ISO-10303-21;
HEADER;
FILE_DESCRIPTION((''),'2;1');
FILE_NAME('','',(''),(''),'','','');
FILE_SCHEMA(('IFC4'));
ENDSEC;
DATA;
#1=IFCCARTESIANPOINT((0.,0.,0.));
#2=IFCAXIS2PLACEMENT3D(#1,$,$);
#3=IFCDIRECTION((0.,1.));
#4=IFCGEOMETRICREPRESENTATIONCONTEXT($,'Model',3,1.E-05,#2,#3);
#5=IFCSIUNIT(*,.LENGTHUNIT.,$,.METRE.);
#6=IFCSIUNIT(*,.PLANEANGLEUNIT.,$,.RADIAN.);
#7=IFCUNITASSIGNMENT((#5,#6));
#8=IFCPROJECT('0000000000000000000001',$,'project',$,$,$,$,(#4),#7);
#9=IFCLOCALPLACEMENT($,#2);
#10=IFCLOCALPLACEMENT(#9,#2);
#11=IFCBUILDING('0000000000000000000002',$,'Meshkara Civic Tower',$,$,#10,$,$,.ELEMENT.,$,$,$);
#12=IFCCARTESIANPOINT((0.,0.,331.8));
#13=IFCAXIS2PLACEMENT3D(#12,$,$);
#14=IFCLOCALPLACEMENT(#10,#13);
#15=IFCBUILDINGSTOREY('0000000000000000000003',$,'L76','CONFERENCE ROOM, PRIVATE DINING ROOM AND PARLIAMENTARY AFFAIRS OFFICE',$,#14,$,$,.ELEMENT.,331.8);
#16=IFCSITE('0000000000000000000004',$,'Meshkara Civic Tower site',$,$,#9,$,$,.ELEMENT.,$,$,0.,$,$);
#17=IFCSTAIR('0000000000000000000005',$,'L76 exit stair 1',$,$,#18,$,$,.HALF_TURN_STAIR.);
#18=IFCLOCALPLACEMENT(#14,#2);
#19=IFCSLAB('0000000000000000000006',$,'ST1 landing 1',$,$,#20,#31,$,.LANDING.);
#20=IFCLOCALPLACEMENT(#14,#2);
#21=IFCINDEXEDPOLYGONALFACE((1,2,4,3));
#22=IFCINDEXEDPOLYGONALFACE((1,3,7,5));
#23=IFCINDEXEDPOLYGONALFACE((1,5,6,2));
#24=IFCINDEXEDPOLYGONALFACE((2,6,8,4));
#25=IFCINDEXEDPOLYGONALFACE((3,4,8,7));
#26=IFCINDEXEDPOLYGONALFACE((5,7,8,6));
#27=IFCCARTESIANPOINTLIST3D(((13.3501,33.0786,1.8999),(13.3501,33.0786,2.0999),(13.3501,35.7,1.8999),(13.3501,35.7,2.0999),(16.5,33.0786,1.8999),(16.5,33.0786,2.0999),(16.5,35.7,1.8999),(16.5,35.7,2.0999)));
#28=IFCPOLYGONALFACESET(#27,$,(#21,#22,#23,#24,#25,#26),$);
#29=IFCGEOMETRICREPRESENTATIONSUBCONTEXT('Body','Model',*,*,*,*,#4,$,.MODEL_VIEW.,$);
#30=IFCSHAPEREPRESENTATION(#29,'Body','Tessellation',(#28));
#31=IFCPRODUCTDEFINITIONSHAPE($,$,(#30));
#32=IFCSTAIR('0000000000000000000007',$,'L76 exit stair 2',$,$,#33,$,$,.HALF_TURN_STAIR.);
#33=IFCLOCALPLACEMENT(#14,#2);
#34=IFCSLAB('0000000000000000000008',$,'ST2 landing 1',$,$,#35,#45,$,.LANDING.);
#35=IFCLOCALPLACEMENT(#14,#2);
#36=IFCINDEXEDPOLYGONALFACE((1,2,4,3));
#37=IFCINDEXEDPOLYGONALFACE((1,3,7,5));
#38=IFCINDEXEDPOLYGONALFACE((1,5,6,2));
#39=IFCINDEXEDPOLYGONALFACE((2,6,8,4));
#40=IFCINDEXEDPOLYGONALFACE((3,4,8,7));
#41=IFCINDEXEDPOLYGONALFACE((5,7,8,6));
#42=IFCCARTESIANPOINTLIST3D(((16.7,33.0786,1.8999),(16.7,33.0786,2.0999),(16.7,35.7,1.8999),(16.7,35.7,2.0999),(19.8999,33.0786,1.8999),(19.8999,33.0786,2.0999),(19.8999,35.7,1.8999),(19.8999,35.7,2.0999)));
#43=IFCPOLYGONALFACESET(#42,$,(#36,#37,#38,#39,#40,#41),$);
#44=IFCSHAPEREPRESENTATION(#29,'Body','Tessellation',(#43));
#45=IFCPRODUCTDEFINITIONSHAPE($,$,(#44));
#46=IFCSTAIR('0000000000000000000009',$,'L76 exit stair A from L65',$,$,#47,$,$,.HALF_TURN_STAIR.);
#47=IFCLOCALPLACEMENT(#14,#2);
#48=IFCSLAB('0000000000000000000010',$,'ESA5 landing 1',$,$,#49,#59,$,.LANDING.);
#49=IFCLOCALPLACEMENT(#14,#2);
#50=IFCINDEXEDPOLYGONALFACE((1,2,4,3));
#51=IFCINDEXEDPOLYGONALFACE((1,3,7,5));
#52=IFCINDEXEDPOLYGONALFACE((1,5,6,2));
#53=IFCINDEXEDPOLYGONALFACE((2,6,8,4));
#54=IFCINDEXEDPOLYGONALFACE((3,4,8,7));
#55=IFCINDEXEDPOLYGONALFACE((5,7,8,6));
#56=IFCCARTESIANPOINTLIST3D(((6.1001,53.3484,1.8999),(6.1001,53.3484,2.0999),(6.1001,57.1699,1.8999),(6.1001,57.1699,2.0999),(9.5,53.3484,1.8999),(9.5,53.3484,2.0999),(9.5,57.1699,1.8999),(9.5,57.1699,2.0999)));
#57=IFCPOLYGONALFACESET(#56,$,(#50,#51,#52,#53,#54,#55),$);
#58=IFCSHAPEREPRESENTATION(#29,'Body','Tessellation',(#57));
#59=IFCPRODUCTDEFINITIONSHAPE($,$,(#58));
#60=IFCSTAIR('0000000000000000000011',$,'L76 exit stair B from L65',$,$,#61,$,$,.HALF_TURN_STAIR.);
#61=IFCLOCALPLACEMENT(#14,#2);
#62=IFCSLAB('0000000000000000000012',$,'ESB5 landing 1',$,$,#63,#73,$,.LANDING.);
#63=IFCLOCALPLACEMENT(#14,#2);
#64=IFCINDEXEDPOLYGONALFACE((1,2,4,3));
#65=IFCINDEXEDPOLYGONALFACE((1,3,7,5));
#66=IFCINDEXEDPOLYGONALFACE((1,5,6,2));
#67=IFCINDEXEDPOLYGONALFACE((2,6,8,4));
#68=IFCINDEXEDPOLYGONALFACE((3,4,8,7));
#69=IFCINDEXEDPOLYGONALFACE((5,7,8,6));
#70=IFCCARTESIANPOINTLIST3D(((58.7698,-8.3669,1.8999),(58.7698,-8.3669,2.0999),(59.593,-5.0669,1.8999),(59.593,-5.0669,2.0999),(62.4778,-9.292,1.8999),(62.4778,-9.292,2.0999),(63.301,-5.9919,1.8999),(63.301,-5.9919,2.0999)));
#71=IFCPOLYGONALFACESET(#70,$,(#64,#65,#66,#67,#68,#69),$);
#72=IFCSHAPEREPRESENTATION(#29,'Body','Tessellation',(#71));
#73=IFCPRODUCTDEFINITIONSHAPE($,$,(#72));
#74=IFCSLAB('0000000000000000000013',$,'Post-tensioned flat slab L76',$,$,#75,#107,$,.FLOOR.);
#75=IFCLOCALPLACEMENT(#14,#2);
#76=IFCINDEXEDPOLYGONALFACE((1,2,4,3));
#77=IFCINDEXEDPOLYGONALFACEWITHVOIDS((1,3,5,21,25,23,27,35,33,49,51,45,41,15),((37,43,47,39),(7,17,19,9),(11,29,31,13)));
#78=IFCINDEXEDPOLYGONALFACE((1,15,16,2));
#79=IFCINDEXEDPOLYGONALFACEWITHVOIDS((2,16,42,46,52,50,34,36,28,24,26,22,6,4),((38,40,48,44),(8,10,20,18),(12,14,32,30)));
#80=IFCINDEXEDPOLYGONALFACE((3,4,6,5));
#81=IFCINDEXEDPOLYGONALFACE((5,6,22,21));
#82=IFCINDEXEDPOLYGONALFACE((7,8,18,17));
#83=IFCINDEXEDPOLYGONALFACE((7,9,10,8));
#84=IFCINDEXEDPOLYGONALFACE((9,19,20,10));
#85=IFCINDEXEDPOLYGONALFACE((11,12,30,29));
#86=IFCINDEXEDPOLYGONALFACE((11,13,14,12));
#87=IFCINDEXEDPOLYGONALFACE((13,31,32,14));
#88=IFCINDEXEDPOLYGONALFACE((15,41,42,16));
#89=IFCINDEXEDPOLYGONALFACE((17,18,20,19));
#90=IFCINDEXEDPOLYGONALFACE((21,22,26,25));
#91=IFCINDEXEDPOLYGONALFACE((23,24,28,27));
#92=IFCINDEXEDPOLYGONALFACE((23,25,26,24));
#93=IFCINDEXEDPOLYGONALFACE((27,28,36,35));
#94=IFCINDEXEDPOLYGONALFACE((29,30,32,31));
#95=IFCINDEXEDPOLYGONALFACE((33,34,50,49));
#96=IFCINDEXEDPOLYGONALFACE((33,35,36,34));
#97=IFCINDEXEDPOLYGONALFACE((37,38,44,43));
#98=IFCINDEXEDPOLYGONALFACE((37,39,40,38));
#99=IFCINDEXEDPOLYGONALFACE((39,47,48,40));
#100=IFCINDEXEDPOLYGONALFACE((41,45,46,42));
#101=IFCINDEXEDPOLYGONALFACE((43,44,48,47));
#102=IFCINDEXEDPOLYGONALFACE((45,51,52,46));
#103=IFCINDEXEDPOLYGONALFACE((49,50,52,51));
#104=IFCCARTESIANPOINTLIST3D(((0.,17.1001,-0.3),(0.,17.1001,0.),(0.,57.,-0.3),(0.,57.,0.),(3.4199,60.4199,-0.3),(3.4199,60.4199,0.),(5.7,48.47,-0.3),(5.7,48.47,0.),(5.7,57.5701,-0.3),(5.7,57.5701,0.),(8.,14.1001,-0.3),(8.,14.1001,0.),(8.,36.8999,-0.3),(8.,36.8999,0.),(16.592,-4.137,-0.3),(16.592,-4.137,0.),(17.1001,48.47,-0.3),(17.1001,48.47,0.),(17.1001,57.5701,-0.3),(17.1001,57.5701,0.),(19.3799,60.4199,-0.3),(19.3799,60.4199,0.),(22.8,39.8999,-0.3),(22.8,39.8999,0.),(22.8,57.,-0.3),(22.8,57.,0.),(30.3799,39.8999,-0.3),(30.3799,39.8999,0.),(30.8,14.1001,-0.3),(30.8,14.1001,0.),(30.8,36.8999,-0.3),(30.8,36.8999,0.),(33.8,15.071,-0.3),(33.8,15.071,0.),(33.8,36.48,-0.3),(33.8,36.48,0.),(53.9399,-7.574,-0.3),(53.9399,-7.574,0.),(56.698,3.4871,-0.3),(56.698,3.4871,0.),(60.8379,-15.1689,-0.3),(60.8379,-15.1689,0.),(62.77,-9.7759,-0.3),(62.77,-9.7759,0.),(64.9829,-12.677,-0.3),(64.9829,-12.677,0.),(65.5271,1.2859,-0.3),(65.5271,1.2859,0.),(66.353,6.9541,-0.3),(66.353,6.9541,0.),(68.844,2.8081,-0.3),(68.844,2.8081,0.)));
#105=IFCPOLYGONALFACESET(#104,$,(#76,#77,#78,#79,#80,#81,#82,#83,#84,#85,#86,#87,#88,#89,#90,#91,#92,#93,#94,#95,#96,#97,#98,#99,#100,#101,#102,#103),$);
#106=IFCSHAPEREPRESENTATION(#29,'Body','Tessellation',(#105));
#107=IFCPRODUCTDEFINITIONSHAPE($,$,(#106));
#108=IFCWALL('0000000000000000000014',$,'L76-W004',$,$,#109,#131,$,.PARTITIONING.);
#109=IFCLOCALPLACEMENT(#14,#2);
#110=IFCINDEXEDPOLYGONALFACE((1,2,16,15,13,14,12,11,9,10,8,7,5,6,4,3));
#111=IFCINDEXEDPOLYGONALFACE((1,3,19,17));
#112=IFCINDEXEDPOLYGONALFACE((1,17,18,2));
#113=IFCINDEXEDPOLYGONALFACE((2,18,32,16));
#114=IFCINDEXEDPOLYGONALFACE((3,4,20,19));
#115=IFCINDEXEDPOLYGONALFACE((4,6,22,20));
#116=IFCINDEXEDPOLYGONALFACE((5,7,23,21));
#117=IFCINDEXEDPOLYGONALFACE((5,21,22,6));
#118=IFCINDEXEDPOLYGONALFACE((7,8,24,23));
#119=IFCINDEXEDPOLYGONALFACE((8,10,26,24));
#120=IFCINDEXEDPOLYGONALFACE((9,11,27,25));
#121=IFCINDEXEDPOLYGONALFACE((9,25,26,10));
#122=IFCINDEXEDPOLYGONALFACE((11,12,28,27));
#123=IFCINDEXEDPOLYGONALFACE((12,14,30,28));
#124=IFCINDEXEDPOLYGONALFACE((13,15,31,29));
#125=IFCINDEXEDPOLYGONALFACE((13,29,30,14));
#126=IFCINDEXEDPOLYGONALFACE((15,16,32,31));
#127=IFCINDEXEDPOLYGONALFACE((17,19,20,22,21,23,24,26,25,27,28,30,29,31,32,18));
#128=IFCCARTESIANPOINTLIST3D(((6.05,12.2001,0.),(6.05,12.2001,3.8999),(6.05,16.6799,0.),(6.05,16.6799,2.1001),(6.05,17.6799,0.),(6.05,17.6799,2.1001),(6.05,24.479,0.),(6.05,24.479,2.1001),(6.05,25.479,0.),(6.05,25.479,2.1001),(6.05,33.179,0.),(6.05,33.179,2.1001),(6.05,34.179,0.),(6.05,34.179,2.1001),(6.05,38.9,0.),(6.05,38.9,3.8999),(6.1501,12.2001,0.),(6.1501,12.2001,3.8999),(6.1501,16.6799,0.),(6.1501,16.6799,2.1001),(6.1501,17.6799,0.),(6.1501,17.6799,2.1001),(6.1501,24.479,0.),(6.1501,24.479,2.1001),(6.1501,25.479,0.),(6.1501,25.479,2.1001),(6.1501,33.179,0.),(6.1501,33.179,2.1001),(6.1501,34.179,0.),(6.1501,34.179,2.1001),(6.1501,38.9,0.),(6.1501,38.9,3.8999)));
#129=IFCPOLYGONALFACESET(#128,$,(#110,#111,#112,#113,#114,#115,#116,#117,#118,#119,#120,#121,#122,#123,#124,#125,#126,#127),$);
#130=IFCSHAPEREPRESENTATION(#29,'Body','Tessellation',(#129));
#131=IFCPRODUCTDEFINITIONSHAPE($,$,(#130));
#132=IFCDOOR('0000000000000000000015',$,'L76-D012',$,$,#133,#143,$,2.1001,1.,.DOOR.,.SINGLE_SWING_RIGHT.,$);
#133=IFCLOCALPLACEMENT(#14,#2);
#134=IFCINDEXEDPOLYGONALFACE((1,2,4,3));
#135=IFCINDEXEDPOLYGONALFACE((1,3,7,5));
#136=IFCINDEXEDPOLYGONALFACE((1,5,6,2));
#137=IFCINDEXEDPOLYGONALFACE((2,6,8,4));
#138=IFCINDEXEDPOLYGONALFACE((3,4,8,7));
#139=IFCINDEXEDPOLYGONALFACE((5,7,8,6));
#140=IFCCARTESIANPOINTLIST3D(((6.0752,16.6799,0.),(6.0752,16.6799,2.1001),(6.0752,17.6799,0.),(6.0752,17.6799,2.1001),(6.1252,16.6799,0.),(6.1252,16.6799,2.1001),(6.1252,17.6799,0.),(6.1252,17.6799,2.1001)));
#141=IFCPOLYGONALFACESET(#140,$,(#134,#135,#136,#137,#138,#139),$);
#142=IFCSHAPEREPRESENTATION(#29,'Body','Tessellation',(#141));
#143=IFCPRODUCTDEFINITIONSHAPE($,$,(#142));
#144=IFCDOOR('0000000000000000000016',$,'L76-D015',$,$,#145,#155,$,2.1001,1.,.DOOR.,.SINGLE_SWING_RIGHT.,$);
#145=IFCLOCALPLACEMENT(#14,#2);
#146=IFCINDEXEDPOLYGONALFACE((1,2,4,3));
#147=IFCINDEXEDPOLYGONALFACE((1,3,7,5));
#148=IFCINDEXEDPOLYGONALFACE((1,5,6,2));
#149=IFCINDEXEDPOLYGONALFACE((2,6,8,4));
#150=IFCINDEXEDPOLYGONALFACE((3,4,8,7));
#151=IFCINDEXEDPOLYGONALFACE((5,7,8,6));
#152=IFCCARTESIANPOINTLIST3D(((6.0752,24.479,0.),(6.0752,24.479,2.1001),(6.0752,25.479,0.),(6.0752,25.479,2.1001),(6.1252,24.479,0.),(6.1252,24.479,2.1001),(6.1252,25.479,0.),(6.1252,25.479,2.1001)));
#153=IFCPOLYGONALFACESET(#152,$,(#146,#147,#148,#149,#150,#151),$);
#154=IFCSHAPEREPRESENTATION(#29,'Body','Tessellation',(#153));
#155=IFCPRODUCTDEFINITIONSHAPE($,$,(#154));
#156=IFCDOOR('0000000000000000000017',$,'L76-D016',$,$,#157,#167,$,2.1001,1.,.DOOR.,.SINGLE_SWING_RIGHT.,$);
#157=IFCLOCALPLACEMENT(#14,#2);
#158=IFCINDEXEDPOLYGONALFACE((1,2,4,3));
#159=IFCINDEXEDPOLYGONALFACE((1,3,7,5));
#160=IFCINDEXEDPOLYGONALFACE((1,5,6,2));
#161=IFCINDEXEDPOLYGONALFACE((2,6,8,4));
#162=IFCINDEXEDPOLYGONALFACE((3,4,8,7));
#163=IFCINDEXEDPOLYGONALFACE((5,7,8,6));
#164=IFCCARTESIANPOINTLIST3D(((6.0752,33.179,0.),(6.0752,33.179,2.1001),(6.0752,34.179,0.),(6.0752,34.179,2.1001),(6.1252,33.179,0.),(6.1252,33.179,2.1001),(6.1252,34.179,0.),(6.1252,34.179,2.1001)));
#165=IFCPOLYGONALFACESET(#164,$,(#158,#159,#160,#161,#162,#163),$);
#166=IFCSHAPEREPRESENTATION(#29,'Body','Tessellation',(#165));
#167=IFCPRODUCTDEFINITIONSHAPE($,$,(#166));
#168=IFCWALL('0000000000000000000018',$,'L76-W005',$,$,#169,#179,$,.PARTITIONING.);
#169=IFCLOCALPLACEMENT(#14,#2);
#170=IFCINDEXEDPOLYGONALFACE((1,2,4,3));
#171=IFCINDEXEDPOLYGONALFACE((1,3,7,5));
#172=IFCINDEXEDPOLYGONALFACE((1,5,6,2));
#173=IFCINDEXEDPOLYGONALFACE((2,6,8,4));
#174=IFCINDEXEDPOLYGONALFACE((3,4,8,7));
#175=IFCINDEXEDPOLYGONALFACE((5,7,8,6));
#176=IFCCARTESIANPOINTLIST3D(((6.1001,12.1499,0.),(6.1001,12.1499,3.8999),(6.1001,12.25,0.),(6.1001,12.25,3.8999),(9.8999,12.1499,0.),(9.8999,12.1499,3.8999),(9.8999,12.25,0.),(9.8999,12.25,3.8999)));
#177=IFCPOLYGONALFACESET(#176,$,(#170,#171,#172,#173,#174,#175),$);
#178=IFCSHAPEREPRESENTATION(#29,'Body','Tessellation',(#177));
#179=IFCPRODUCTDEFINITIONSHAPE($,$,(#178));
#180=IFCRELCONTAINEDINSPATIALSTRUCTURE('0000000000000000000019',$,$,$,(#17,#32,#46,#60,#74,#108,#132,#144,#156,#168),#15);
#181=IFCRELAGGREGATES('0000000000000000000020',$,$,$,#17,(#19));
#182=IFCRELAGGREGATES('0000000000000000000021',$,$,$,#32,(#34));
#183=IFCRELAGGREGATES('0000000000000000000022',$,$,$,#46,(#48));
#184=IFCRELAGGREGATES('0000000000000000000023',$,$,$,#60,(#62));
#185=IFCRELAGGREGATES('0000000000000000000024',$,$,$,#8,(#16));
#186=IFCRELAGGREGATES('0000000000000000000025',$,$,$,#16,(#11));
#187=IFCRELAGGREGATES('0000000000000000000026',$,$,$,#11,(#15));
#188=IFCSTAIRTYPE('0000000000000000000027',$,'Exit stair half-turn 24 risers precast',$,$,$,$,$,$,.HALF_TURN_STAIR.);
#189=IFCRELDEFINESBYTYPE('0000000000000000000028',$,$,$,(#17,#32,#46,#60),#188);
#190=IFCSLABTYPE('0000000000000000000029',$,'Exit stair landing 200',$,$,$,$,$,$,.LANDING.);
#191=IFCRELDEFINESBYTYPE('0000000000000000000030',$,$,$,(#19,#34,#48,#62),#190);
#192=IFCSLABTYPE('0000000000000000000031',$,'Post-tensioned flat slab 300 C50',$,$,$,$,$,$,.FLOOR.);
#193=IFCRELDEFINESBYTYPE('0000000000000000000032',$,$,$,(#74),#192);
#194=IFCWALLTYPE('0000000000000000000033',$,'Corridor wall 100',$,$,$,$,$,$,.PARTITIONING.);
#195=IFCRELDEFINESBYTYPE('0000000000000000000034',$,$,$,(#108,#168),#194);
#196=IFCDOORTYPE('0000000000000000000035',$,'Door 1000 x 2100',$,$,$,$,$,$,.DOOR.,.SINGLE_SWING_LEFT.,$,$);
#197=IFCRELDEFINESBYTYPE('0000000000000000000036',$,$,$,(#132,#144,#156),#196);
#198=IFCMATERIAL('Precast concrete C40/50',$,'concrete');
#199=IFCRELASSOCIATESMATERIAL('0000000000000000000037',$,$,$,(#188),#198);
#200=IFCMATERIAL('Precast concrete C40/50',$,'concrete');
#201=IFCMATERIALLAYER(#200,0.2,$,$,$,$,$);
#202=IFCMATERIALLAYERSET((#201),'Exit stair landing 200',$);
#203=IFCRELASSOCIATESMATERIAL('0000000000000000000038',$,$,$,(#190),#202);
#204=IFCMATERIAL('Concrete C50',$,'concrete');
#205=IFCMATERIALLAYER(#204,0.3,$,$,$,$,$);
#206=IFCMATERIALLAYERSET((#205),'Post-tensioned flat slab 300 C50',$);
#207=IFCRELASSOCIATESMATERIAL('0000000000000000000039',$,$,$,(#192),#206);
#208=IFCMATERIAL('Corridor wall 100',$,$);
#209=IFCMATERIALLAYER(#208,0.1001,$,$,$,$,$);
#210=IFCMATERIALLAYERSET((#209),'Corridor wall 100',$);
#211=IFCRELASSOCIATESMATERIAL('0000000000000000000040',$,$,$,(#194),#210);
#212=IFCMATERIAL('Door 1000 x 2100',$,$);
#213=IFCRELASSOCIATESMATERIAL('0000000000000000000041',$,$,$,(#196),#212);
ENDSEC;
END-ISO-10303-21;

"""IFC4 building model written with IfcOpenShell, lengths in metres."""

from ifc_helpers import new_model, si_unit, direction, frame, frame_2d, origin, place, context, subcontext, project, spatial, polyline, rectangle, outline, extrude, material, layer, layer_set, type_object, element, fill, aggregate, save


model = new_model("IFC4")

# Units and contexts
model_context = context("Model", 3, precision=1e-05, world=origin(), true_north=direction((0.0, 1.0)))
body_context = subcontext(model_context, "Body", "Model", "MODEL_VIEW")
ifc_project = project(units=[si_unit("LENGTHUNIT", "METRE"), si_unit("PLANEANGLEUNIT", "RADIAN")], contexts=[model_context])

# Site, building, storey
site_placement = place(None, origin())
site = spatial("IfcSite", under=ifc_project, at=site_placement, Name="Meshkara Civic Tower site", CompositionType="ELEMENT", RefElevation=0.0)
building_placement = place(site_placement, origin())
building = spatial("IfcBuilding", under=site, at=building_placement, Name="Meshkara Civic Tower", CompositionType="ELEMENT")
storey_placement = place(building_placement, frame((0.0, 0.0, 331.8)))
storey = spatial("IfcBuildingStorey", under=building, at=storey_placement, Name="L76", Description="CONFERENCE ROOM, PRIVATE DINING ROOM AND PARLIAMENTARY AFFAIRS OFFICE", CompositionType="ELEMENT", Elevation=331.8)

# Stairs, slabs
ifc_material_1 = material(Name="Precast concrete C40/50", Category="concrete")
stair_type = type_object("IfcStairType", Name="Exit stair half-turn 24 risers precast", PredefinedType="HALF_TURN_STAIR", material=ifc_material_1)
stair_1_placement = place(storey_placement, origin())
stair_1 = element("IfcStair", 1, at=stair_1_placement, inside=storey, type_object=stair_type, Name="L76 exit stair 1", PredefinedType="HALF_TURN_STAIR")
ifc_material_2 = material(Name="Precast concrete C40/50", Category="concrete")
ifc_layer_1 = layer(ifc_material_2, 0.2)
ifc_layer_set_1 = layer_set([ifc_layer_1], Name="Exit stair landing 200")
slab_type_1 = type_object("IfcSlabType", Name="Exit stair landing 200", PredefinedType="LANDING", material=ifc_layer_set_1)
slab_1_placement = place(storey_placement, frame((0.0, 0.0, 1.8999)))
slab_1 = element("IfcSlab", 2, at=slab_1_placement, type_object=slab_type_1, Name="ST1 landing 1", PredefinedType="LANDING", context=body_context, shape_type="SweptSolid", body=[
    extrude(outline(polyline([(16.5, 33.0786), (16.5, 35.7), (13.3501, 35.7), (13.3501, 33.0786), (16.5, 33.0786)])), origin(), (0.0, 0.0, 1.0), 0.2),
])
aggregate(stair_1, [slab_1])
stair_2_placement = place(storey_placement, origin())
stair_2 = element("IfcStair", 3, at=stair_2_placement, inside=storey, type_object=stair_type, Name="L76 exit stair 2", PredefinedType="HALF_TURN_STAIR")
slab_2_placement = place(storey_placement, frame((0.0, 0.0, 1.8999)))
slab_2 = element("IfcSlab", 4, at=slab_2_placement, type_object=slab_type_1, Name="ST2 landing 1", PredefinedType="LANDING", context=body_context, shape_type="SweptSolid", body=[
    extrude(outline(polyline([(19.8999, 33.0786), (19.8999, 35.7), (16.7, 35.7), (16.7, 33.0786), (19.8999, 33.0786)])), origin(), (0.0, 0.0, 1.0), 0.2),
])
aggregate(stair_2, [slab_2])
stair_3_placement = place(storey_placement, origin())
stair_3 = element("IfcStair", 5, at=stair_3_placement, inside=storey, type_object=stair_type, Name="L76 exit stair A from L65", PredefinedType="HALF_TURN_STAIR")
slab_3_placement = place(storey_placement, frame((0.0, 0.0, 1.8999)))
slab_3 = element("IfcSlab", 6, at=slab_3_placement, type_object=slab_type_1, Name="ESA5 landing 1", PredefinedType="LANDING", context=body_context, shape_type="SweptSolid", body=[
    extrude(outline(polyline([(9.5, 53.3484), (9.5, 57.1699), (6.1001, 57.1699), (6.1001, 53.3484), (9.5, 53.3484)])), origin(), (0.0, 0.0, 1.0), 0.2),
])
aggregate(stair_3, [slab_3])
stair_4_placement = place(storey_placement, origin())
stair_4 = element("IfcStair", 7, at=stair_4_placement, inside=storey, type_object=stair_type, Name="L76 exit stair B from L65", PredefinedType="HALF_TURN_STAIR")
slab_4_placement = place(storey_placement, frame((0.0, 0.0, 1.8999)))
slab_4 = element("IfcSlab", 8, at=slab_4_placement, type_object=slab_type_1, Name="ESB5 landing 1", PredefinedType="LANDING", context=body_context, shape_type="SweptSolid", body=[
    extrude(outline(polyline([(58.7698, -8.3669), (62.4778, -9.292), (63.301, -5.9919), (59.593, -5.0669), (58.7698, -8.3669)])), origin(), (0.0, 0.0, 1.0), 0.2),
])
aggregate(stair_4, [slab_4])

# Slab
ifc_material_3 = material(Name="Concrete C50", Category="concrete")
ifc_layer_2 = layer(ifc_material_3, 0.3)
ifc_layer_set_2 = layer_set([ifc_layer_2], Name="Post-tensioned flat slab 300 C50")
slab_type_2 = type_object("IfcSlabType", Name="Post-tensioned flat slab 300 C50", PredefinedType="FLOOR", material=ifc_layer_set_2)
slab_5_placement = place(storey_placement, frame((0.0, 0.0, -0.3)))
element("IfcSlab", 9, at=slab_5_placement, inside=storey, type_object=slab_type_2, Name="Post-tensioned flat slab L76", PredefinedType="FLOOR", context=body_context, shape_type="SweptSolid", body=[
    extrude(outline(polyline([(64.9829, -12.677), (60.8379, -15.1689), (16.592, -4.137), (0.0, 17.1001), (0.0, 57.0), (3.4199, 60.4199), (19.3799, 60.4199), (22.8, 57.0), (22.8, 39.8999), (30.3799, 39.8999), (33.8, 36.48), (33.8, 15.071), (66.353, 6.9541), (68.844, 2.8081), (64.9829, -12.677)]), holes=[polyline([(62.77, -9.7759), (65.5271, 1.2859), (56.698, 3.4871), (53.9399, -7.574), (62.77, -9.7759)]), polyline([(8.0, 14.1001), (30.8, 14.1001), (30.8, 36.8999), (8.0, 36.8999), (8.0, 14.1001)]), polyline([(5.7, 57.5701), (5.7, 48.47), (17.1001, 48.47), (17.1001, 57.5701), (5.7, 57.5701)])]), origin(), (0.0, 0.0, 1.0), 0.3),
])

# Wall, openings, doors
ifc_material_4 = material(Name="Corridor wall 100")
ifc_layer_3 = layer(ifc_material_4, 0.1001)
ifc_layer_set_3 = layer_set([ifc_layer_3], Name="Corridor wall 100")
wall_type = type_object("IfcWallType", Name="Corridor wall 100", PredefinedType="PARTITIONING", material=ifc_layer_set_3)
wall_1_placement = place(storey_placement, frame((6.1001, 12.2, 0.0), z_axis=(0.0, 0.0, 1.0), x_axis=(0.0, 1.0, 0.0)))
wall_1 = element("IfcWall", 10, at=wall_1_placement, inside=storey, type_object=wall_type, Name="L76-W004", PredefinedType="PARTITIONING", context=body_context, shape_type="SweptSolid", body=[
    extrude(rectangle(XDim=26.7, YDim=0.1001, at=frame_2d((13.3501, 0.0))), origin(), (0.0, 0.0, 1.0), 3.8999),
])
opening_1_placement = place(wall_1_placement, frame((4.48, 0.0, 0.0)))
opening_1 = element("IfcOpeningElement", 11, at=opening_1_placement, cuts=wall_1, PredefinedType="OPENING", context=body_context, shape_type="SweptSolid", body=[
    extrude(rectangle(XDim=1.0, YDim=2.1001, at=frame_2d((0.5, 1.05))), frame((0.0, 0.0601, 0.0), z_axis=(0.0, -1.0, 0.0), x_axis=(1.0, 0.0, 0.0)), (0.0, 0.0, 1.0), 0.1201),
])
opening_2_placement = place(wall_1_placement, frame((12.2791, 0.0, 0.0)))
opening_2 = element("IfcOpeningElement", 12, at=opening_2_placement, cuts=wall_1, PredefinedType="OPENING", context=body_context, shape_type="SweptSolid", body=[
    extrude(rectangle(XDim=1.0, YDim=2.1001, at=frame_2d((0.5, 1.05))), frame((0.0, 0.0601, 0.0), z_axis=(0.0, -1.0, 0.0), x_axis=(1.0, 0.0, 0.0)), (0.0, 0.0, 1.0), 0.1201),
])
opening_3_placement = place(wall_1_placement, frame((20.979, 0.0, 0.0)))
opening_3 = element("IfcOpeningElement", 13, at=opening_3_placement, cuts=wall_1, PredefinedType="OPENING", context=body_context, shape_type="SweptSolid", body=[
    extrude(rectangle(XDim=1.0, YDim=2.1001, at=frame_2d((0.5, 1.05))), frame((0.0, 0.0601, 0.0), z_axis=(0.0, -1.0, 0.0), x_axis=(1.0, 0.0, 0.0)), (0.0, 0.0, 1.0), 0.1201),
])
ifc_material_5 = material(Name="Door 1000 x 2100")
door_type = type_object("IfcDoorType", Name="Door 1000 x 2100", OperationType="SINGLE_SWING_LEFT", PredefinedType="DOOR", material=ifc_material_5)
door_1_placement = place(opening_1_placement, origin())
door_1 = element("IfcDoor", 14, at=door_1_placement, inside=storey, type_object=door_type, Name="L76-D012", OperationType="SINGLE_SWING_RIGHT", OverallHeight=2.1001, OverallWidth=1.0, PredefinedType="DOOR", context=body_context, shape_type="SweptSolid", body=[
    extrude(rectangle(XDim=1.0, YDim=2.1001, at=frame_2d((0.5, 1.05))), frame((0.0, 0.0249, 0.0), z_axis=(0.0, -1.0, 0.0), x_axis=(1.0, 0.0, 0.0)), (0.0, 0.0, 1.0), 0.05),
])
fill(opening_1, door_1)
door_2_placement = place(opening_2_placement, origin())
door_2 = element("IfcDoor", 15, at=door_2_placement, inside=storey, type_object=door_type, Name="L76-D015", OperationType="SINGLE_SWING_RIGHT", OverallHeight=2.1001, OverallWidth=1.0, PredefinedType="DOOR", context=body_context, shape_type="SweptSolid", body=[
    extrude(rectangle(XDim=1.0, YDim=2.1001, at=frame_2d((0.5, 1.05))), frame((0.0, 0.0249, 0.0), z_axis=(0.0, -1.0, 0.0), x_axis=(1.0, 0.0, 0.0)), (0.0, 0.0, 1.0), 0.05),
])
fill(opening_2, door_2)
door_3_placement = place(opening_3_placement, origin())
door_3 = element("IfcDoor", 16, at=door_3_placement, inside=storey, type_object=door_type, Name="L76-D016", OperationType="SINGLE_SWING_RIGHT", OverallHeight=2.1001, OverallWidth=1.0, PredefinedType="DOOR", context=body_context, shape_type="SweptSolid", body=[
    extrude(rectangle(XDim=1.0, YDim=2.1001, at=frame_2d((0.5, 1.05))), frame((0.0, 0.0249, 0.0), z_axis=(0.0, -1.0, 0.0), x_axis=(1.0, 0.0, 0.0)), (0.0, 0.0, 1.0), 0.05),
])
fill(opening_3, door_3)

# Wall
wall_2_placement = place(storey_placement, frame((6.1001, 12.2, 0.0), z_axis=(0.0, 0.0, 1.0), x_axis=(1.0, 0.0, 0.0)))
element("IfcWall", 17, at=wall_2_placement, inside=storey, type_object=wall_type, Name="L76-W005", PredefinedType="PARTITIONING", context=body_context, shape_type="SweptSolid", body=[
    extrude(rectangle(XDim=3.7998, YDim=0.1001, at=frame_2d((1.8999, 0.0))), origin(), (0.0, 0.0, 1.0), 3.8999),
])

save(model, "model.ifc")
